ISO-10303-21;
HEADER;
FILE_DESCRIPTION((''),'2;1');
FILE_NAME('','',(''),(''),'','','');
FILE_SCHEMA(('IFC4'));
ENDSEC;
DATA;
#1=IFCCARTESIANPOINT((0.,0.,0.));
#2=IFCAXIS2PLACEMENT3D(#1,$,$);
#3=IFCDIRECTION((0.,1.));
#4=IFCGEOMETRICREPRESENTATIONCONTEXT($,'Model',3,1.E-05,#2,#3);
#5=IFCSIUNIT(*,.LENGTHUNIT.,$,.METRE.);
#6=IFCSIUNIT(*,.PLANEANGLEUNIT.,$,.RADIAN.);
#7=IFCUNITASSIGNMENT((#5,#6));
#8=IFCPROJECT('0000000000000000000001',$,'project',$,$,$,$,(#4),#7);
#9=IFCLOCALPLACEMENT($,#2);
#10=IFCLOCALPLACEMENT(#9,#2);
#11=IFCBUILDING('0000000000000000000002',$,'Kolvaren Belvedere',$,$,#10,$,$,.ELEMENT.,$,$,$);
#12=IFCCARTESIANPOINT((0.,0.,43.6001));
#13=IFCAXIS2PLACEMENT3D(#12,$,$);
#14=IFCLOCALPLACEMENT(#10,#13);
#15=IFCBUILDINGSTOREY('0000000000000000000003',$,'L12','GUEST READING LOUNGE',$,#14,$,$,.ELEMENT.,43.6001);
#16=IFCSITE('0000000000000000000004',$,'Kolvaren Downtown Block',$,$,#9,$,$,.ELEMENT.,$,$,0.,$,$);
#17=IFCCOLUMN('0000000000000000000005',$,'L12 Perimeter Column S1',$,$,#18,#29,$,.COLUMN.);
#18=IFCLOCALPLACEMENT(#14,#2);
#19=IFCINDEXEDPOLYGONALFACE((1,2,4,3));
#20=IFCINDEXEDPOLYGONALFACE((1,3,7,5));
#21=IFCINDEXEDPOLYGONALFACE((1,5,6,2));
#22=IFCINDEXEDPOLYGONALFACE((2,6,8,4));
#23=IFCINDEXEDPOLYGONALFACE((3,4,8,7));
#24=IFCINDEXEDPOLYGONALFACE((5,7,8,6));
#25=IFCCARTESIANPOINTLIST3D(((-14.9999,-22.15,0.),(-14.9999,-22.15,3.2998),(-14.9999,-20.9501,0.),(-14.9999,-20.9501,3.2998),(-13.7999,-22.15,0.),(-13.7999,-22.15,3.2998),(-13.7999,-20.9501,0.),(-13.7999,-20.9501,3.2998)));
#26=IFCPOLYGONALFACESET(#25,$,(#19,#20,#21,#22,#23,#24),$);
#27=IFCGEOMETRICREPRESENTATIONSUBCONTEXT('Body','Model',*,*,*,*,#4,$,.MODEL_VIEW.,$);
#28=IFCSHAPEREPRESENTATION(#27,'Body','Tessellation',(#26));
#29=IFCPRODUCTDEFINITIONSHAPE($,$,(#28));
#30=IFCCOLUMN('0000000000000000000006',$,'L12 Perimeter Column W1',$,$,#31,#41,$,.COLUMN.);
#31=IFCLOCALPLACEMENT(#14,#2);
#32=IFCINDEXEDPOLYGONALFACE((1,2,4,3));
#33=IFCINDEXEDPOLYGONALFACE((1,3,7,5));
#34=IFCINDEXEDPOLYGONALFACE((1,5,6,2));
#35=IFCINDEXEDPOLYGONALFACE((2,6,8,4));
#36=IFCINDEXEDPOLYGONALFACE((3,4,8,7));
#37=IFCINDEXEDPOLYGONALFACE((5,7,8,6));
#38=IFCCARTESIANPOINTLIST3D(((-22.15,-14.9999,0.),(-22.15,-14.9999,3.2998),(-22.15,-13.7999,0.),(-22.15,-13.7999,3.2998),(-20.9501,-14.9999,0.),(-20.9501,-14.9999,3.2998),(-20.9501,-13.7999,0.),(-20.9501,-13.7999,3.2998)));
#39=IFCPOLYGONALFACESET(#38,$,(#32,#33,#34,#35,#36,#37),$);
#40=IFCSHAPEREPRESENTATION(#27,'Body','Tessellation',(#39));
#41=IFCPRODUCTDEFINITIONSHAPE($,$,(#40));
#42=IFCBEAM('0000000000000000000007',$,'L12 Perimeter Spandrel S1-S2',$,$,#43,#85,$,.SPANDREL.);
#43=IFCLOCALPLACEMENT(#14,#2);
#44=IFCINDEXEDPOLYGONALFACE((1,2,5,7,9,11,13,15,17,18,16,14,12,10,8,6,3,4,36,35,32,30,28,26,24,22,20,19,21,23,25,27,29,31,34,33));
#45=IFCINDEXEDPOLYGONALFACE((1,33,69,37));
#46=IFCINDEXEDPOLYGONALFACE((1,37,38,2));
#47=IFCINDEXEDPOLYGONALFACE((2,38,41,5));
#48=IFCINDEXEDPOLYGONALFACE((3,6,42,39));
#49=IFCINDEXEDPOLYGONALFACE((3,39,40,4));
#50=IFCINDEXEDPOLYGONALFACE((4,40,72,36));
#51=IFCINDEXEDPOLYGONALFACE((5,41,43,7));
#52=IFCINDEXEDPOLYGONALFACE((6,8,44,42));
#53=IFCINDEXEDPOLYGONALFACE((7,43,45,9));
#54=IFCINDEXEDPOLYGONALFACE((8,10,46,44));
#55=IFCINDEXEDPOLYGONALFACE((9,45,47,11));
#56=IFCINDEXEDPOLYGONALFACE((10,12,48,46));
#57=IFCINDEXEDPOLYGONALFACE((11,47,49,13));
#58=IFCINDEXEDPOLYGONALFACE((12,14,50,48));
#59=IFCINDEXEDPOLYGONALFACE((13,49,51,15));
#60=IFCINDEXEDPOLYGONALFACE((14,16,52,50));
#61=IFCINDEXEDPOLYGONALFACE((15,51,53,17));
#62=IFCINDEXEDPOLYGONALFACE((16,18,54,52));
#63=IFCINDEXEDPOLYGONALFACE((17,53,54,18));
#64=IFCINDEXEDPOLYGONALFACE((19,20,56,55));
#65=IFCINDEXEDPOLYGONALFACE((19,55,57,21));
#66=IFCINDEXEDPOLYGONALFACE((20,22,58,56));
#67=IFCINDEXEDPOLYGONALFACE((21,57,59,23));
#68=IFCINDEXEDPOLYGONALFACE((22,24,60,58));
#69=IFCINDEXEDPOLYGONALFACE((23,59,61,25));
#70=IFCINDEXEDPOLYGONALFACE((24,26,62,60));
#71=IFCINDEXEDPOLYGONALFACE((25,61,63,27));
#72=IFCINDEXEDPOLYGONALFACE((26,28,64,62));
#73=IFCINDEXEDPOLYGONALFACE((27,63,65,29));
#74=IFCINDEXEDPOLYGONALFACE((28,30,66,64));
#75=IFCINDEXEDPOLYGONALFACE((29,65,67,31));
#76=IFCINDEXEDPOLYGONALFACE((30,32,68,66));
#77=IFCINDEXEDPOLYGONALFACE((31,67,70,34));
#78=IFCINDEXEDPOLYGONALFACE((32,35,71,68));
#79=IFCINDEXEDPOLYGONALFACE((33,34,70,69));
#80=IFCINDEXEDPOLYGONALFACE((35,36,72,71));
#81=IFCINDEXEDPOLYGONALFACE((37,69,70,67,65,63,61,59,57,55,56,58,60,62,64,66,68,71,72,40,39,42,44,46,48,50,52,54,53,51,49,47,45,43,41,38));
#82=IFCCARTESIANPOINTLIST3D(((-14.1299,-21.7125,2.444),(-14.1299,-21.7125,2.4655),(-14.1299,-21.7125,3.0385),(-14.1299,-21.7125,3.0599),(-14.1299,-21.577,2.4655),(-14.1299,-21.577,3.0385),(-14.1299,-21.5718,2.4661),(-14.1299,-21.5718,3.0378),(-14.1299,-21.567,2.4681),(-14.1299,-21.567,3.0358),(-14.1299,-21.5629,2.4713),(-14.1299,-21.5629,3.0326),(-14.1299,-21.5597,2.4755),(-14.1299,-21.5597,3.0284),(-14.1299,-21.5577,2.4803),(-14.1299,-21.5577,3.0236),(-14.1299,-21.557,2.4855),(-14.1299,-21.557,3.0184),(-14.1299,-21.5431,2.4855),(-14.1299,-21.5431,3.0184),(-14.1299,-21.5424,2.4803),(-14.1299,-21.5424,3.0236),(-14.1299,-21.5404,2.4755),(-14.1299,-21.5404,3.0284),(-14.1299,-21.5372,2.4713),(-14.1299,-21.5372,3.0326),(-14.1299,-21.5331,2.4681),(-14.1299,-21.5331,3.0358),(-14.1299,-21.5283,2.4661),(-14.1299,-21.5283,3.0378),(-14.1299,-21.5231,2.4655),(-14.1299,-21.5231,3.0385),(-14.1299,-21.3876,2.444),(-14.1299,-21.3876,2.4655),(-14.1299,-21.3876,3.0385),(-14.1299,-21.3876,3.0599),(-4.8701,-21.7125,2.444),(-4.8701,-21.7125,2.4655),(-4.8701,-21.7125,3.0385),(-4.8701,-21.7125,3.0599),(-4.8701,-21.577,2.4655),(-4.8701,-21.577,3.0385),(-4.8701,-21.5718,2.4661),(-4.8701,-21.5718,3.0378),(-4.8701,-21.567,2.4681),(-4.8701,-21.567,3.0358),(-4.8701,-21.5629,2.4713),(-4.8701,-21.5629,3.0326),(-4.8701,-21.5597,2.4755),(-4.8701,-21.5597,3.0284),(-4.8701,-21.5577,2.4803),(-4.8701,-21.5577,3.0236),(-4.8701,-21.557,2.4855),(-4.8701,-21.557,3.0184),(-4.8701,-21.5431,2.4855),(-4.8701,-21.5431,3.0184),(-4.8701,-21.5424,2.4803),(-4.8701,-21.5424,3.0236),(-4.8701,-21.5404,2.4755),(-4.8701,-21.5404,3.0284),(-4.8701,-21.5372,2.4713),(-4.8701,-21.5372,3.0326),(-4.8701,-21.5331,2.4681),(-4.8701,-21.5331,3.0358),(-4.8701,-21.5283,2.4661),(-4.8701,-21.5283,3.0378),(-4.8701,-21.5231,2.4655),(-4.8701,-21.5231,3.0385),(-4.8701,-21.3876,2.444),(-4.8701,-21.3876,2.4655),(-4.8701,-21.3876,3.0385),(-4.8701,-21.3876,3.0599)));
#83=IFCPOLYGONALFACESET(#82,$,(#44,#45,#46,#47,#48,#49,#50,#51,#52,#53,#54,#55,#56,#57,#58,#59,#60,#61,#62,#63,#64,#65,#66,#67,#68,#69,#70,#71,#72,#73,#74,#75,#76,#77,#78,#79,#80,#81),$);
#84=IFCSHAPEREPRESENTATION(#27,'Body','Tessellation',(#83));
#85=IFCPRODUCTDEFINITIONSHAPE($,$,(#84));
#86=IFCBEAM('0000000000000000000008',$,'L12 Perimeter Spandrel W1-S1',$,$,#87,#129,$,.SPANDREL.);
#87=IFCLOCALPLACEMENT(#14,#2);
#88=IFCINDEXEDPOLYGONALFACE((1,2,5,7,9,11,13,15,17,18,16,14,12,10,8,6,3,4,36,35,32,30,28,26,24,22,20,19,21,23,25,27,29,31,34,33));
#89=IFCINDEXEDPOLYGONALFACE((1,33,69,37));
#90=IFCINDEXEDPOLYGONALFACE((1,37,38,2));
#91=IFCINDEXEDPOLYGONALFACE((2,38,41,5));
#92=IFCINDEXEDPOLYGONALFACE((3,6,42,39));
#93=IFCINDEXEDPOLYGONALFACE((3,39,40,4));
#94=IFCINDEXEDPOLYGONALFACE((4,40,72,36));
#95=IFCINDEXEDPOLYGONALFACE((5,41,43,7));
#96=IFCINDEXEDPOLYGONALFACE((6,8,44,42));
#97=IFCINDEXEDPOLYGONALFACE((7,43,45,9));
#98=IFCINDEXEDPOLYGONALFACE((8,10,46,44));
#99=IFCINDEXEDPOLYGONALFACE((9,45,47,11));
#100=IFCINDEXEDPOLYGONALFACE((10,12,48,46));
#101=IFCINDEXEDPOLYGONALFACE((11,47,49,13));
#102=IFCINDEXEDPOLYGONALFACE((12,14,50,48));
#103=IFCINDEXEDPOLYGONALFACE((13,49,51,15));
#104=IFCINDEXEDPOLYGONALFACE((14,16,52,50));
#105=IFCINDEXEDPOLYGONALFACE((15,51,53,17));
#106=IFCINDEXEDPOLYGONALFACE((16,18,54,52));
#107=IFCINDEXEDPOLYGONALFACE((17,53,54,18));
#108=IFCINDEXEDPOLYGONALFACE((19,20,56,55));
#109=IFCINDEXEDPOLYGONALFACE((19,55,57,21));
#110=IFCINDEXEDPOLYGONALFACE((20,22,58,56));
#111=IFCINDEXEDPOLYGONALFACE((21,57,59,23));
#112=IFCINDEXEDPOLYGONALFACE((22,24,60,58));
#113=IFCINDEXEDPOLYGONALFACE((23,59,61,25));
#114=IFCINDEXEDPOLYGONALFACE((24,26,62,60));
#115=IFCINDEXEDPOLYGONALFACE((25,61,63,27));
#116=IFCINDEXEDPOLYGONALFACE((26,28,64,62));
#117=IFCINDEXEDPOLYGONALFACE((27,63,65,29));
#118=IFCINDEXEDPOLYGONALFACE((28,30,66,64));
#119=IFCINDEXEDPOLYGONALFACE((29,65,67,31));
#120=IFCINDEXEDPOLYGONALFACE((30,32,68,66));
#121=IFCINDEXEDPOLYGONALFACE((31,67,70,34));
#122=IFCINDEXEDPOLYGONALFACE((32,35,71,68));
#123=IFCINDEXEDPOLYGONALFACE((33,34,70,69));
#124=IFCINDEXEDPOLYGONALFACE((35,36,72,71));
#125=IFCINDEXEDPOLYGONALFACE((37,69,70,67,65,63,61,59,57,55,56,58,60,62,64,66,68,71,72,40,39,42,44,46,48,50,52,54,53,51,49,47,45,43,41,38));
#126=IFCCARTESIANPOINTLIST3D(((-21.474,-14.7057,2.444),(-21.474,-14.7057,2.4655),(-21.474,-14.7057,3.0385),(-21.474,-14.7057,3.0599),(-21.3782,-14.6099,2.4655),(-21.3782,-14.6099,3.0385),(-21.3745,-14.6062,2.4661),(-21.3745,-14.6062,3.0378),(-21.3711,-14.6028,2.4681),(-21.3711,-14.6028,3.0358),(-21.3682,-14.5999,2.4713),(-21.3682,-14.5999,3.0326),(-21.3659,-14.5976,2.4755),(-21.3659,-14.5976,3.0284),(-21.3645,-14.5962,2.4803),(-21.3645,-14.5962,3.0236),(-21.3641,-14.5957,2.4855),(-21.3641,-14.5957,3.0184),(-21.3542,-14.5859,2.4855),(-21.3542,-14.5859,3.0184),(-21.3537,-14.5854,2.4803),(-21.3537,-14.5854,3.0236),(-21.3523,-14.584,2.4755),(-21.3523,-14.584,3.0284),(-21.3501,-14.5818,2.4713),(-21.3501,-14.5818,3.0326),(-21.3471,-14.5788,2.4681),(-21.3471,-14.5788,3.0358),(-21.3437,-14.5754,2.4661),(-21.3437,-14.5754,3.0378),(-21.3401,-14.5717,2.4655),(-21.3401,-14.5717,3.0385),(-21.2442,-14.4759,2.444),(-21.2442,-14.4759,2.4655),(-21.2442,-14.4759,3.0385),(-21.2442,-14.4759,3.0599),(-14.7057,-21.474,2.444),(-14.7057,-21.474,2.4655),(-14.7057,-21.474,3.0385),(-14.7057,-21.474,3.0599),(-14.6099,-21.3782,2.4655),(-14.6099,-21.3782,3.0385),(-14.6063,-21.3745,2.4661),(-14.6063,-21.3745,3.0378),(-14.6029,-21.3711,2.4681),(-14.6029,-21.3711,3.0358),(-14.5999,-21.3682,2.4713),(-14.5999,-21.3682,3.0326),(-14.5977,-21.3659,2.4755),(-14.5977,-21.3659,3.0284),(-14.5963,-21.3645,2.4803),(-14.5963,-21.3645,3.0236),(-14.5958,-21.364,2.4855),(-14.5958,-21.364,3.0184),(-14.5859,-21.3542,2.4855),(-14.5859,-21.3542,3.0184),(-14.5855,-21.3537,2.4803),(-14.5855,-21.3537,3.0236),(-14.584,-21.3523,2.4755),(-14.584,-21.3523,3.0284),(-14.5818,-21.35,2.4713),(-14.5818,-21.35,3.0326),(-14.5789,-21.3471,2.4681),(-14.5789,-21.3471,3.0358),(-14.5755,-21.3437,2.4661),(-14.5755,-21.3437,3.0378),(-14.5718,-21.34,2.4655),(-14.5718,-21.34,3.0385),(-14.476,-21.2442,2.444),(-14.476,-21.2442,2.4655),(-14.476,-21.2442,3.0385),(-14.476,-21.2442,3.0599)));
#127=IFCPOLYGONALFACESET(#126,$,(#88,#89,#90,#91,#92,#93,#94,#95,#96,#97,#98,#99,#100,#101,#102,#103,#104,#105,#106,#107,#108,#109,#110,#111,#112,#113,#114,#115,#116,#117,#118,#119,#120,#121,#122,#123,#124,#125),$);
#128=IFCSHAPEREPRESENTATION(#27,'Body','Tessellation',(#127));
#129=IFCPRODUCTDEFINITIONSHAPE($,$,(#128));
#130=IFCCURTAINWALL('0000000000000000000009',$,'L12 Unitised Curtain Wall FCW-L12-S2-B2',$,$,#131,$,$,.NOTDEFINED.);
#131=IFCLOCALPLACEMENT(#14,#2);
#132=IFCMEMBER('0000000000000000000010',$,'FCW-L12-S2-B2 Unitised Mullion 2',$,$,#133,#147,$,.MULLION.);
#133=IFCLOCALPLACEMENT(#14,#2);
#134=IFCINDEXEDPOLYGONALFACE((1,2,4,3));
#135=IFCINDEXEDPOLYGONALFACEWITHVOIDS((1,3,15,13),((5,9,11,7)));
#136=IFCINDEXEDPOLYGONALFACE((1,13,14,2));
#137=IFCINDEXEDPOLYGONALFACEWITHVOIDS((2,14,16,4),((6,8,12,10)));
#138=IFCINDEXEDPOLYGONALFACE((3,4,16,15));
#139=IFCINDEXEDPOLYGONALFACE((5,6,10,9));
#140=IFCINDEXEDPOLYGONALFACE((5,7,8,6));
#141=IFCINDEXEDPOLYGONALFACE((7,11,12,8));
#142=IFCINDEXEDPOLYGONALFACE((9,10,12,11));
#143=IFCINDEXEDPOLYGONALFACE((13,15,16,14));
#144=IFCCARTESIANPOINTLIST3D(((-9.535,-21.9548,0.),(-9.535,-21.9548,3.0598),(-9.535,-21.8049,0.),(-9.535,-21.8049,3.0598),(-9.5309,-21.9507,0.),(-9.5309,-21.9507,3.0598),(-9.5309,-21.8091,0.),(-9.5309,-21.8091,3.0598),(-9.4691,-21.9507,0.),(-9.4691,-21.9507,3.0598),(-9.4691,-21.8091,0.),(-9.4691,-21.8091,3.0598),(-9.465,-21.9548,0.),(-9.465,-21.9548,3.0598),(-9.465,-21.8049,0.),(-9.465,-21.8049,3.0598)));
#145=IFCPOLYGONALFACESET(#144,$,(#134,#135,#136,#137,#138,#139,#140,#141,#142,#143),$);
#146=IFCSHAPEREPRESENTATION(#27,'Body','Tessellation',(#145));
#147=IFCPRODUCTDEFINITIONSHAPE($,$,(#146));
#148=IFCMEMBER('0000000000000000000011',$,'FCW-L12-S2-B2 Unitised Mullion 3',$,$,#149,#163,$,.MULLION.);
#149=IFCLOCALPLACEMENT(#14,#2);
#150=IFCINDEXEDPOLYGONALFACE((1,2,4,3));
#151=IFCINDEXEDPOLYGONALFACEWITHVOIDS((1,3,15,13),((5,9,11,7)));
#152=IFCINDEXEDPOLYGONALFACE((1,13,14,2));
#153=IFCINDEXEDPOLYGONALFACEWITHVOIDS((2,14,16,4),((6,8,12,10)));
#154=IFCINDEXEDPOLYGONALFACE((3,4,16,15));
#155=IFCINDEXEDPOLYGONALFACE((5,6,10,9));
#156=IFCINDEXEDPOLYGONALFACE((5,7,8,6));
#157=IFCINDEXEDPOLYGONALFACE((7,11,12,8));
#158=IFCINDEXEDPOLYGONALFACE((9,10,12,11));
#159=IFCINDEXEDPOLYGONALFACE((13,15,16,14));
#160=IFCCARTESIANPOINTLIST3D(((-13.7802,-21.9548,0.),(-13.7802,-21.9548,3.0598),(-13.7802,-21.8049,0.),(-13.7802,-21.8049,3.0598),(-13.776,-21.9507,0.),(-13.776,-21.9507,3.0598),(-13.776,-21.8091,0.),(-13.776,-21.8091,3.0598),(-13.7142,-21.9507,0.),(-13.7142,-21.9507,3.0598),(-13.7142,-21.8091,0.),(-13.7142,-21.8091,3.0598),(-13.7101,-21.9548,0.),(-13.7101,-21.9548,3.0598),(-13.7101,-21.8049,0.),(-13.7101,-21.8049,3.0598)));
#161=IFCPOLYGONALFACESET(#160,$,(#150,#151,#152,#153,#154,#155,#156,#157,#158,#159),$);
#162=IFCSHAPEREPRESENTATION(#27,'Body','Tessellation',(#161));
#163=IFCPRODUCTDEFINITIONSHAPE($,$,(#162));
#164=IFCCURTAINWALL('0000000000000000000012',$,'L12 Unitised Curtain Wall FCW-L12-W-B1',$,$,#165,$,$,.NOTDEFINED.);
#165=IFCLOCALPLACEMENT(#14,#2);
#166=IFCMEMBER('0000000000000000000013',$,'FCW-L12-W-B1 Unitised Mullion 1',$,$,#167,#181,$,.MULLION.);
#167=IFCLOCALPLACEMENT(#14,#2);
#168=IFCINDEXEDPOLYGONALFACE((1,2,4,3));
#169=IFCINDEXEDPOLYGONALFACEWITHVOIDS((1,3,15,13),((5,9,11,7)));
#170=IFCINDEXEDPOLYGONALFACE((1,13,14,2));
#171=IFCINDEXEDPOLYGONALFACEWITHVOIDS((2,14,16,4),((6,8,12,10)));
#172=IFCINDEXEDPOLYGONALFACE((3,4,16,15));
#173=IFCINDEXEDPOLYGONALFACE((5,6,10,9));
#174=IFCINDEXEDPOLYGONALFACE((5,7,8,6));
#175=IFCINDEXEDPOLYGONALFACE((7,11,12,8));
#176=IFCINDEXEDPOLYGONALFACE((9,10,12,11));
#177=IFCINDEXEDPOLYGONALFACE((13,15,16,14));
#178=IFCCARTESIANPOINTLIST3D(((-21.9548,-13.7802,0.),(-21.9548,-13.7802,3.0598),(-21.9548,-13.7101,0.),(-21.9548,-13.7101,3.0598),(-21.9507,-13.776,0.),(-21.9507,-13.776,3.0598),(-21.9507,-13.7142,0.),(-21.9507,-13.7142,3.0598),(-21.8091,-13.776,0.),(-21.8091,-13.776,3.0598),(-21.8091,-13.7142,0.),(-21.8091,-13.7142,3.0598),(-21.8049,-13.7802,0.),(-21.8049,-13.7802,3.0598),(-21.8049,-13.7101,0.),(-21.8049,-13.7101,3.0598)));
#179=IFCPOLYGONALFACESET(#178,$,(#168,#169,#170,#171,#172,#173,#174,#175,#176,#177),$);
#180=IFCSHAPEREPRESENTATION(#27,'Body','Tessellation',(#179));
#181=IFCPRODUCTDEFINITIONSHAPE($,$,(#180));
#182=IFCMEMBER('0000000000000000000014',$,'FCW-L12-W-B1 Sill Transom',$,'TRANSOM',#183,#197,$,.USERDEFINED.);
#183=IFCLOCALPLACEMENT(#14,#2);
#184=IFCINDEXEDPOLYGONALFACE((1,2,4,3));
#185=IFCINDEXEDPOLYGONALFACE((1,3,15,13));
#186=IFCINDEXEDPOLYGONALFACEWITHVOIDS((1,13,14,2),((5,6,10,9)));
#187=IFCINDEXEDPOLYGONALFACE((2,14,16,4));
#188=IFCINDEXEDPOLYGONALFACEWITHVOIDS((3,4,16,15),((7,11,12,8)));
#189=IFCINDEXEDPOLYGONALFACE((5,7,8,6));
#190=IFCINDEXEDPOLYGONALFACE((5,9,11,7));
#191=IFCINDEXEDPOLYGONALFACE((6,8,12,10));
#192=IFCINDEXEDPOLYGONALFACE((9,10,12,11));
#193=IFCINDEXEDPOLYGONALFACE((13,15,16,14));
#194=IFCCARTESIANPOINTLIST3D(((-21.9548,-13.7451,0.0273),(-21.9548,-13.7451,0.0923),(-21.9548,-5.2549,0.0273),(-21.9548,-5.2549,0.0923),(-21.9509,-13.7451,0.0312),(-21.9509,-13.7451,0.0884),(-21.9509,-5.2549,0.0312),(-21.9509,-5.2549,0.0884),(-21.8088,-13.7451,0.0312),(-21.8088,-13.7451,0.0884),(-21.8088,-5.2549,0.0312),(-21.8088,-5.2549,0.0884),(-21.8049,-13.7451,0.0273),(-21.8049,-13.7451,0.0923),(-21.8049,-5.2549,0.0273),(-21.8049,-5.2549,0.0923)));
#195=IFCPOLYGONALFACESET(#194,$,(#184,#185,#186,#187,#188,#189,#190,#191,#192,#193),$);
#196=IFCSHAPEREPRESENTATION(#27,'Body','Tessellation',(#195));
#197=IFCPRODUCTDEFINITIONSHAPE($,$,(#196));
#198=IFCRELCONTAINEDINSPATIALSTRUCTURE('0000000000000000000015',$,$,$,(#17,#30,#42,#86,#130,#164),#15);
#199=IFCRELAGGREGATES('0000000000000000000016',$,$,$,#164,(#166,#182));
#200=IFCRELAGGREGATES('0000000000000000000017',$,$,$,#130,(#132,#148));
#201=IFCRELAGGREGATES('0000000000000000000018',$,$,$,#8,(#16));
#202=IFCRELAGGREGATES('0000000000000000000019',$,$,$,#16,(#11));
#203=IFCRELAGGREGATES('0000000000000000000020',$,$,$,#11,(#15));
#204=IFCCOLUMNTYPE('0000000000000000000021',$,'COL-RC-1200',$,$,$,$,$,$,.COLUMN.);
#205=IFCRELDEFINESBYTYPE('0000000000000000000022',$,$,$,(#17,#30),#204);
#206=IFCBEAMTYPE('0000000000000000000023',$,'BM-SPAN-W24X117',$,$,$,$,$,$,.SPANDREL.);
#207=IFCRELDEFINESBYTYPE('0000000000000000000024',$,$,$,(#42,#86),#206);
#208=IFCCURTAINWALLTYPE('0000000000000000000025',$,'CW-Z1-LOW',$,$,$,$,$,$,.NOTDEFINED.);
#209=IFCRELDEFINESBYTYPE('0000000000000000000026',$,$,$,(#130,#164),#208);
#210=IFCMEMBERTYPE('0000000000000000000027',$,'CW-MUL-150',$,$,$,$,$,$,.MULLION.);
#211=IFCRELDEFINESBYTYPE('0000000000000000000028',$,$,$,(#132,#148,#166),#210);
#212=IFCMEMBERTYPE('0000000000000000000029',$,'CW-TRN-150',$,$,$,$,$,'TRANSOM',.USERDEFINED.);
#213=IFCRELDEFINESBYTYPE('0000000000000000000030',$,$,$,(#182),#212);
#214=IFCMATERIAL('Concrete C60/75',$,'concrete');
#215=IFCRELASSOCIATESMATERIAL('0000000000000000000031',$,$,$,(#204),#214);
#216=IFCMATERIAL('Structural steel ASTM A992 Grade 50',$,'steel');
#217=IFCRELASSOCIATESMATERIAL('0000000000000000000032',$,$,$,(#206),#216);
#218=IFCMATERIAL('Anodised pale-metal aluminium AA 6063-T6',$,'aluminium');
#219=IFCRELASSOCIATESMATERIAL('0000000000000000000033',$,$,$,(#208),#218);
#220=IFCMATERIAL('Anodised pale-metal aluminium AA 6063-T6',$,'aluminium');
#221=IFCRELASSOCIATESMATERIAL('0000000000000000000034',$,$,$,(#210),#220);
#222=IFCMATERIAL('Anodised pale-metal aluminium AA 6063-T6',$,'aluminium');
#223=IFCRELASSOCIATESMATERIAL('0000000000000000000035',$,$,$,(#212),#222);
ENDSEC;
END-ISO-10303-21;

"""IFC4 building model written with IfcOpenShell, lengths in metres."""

from ifc_helpers import new_model, si_unit, direction, frame, origin, origin_2d, place, context, subcontext, project, spatial, rectangle, hollow_rectangle, i_section, extrude, material, material_profile, profile_set, type_object, element, aggregate, save


model = new_model("IFC4")

# Units and contexts
model_context = context("Model", 3, precision=1e-05, world=origin(), true_north=direction((0.0, 1.0)))
body_context = subcontext(model_context, "Body", "Model", "MODEL_VIEW")
ifc_project = project(units=[si_unit("LENGTHUNIT", "METRE"), si_unit("PLANEANGLEUNIT", "RADIAN")], contexts=[model_context])

# Site, building, storey
site_placement = place(None, origin())
site = spatial("IfcSite", under=ifc_project, at=site_placement, Name="Kolvaren Downtown Block", CompositionType="ELEMENT", RefElevation=0.0)
building_placement = place(site_placement, origin())
building = spatial("IfcBuilding", under=site, at=building_placement, Name="Kolvaren Belvedere", CompositionType="ELEMENT")
storey_placement = place(building_placement, frame((0.0, 0.0, 43.6001)))
storey = spatial("IfcBuildingStorey", under=building, at=storey_placement, Name="L12", Description="GUEST READING LOUNGE", CompositionType="ELEMENT", Elevation=43.6001)

# Columns
ifc_material_1 = material(Name="Concrete C60/75", Category="concrete")
ifc_material_profile_1 = material_profile(ifc_material_1, rectangle(XDim=1.2, YDim=1.2, at=origin_2d()), Name="RC 1200X1200")
ifc_profile_set_1 = profile_set([ifc_material_profile_1], Name="Concrete C60/75")
column_type = type_object("IfcColumnType", Name="COL-RC-1200", PredefinedType="COLUMN", material=ifc_profile_set_1)
for number, where, z_axis, x_axis, name in (
    (1, (-14.3999, -21.55, 0.0), (0.0, 0.0, 1.0), (1.0, 0.0, 0.0), "L12 Perimeter Column S1"),
    (2, (-21.55, -14.3999, 0.0), (0.0, 0.0, 1.0), (1.0, 0.0, 0.0), "L12 Perimeter Column W1"),
):
    element("IfcColumn", number, at=place(storey_placement, frame(where, z_axis=z_axis, x_axis=x_axis)), inside=storey, type_object=column_type, Name=name, PredefinedType="COLUMN", context=body_context, shape_type="SweptSolid", body=[
        extrude(rectangle(XDim=1.2, YDim=1.2, at=origin_2d()), origin(), (0.0, 0.0, 1.0), 3.2998),
    ])

# Beams
ifc_material_2 = material(Name="Structural steel ASTM A992 Grade 50", Category="steel")
ifc_material_profile_2 = material_profile(ifc_material_2, i_section(OverallWidth=0.325, OverallDepth=0.616, WebThickness=0.0139, FlangeThickness=0.0215, FilletRadius=0.02, at=origin_2d()), Name="W24X117")
ifc_profile_set_2 = profile_set([ifc_material_profile_2], Name="Structural steel ASTM A992 Grade 50")
beam_type = type_object("IfcBeamType", Name="BM-SPAN-W24X117", PredefinedType="SPANDREL", material=ifc_profile_set_2)
beam_1_placement = place(storey_placement, frame((-14.1299, -21.55, 2.752), z_axis=(1.0, 0.0, 0.0), x_axis=(0.0, 1.0, 0.0)))
element("IfcBeam", 3, at=beam_1_placement, inside=storey, type_object=beam_type, Name="L12 Perimeter Spandrel S1-S2", PredefinedType="SPANDREL", context=body_context, shape_type="SweptSolid", body=[
    extrude(i_section(OverallWidth=0.325, OverallDepth=0.616, WebThickness=0.0139, FlangeThickness=0.0215, FilletRadius=0.02, at=origin_2d()), origin(), (0.0, 0.0, 1.0), 9.2598),
])
beam_2_placement = place(storey_placement, frame((-21.3591, -14.5908, 2.752), z_axis=(0.707107, -0.707107, 0.0), x_axis=(0.707107, 0.707107, 0.0)))
element("IfcBeam", 4, at=beam_2_placement, inside=storey, type_object=beam_type, Name="L12 Perimeter Spandrel W1-S1", PredefinedType="SPANDREL", context=body_context, shape_type="SweptSolid", body=[
    extrude(i_section(OverallWidth=0.325, OverallDepth=0.616, WebThickness=0.0139, FlangeThickness=0.0215, FilletRadius=0.02, at=origin_2d()), origin(), (0.0, 0.0, 1.0), 9.5718),
])

# Curtain walls, members
ifc_material_3 = material(Name="Anodised pale-metal aluminium AA 6063-T6", Category="aluminium")
curtain_wall_type = type_object("IfcCurtainWallType", Name="CW-Z1-LOW", PredefinedType="NOTDEFINED", material=ifc_material_3)
curtain_wall_1_placement = place(storey_placement, origin())
curtain_wall_1 = element("IfcCurtainWall", 5, at=curtain_wall_1_placement, inside=storey, type_object=curtain_wall_type, Name="L12 Unitised Curtain Wall FCW-L12-S2-B2", PredefinedType="NOTDEFINED")
ifc_material_4 = material(Name="Anodised pale-metal aluminium AA 6063-T6", Category="aluminium")
ifc_material_profile_3 = material_profile(ifc_material_4, hollow_rectangle(XDim=0.0701, YDim=0.1499, WallThickness=0.0042, at=origin_2d()), Name="ALU-MUL-150X70")
ifc_profile_set_3 = profile_set([ifc_material_profile_3], Name="Anodised pale-metal aluminium AA 6063-T6")
member_type_1 = type_object("IfcMemberType", Name="CW-MUL-150", PredefinedType="MULLION", material=ifc_profile_set_3)
member_1_placement = place(storey_placement, frame((-9.5, -21.8799, 0.0), z_axis=(0.0, 0.0, 1.0), x_axis=(1.0, 0.0, 0.0)))
member_1 = element("IfcMember", 6, at=member_1_placement, type_object=member_type_1, Name="FCW-L12-S2-B2 Unitised Mullion 2", PredefinedType="MULLION", context=body_context, shape_type="SweptSolid", body=[
    extrude(hollow_rectangle(XDim=0.0701, YDim=0.1499, WallThickness=0.0042, at=origin_2d()), origin(), (0.0, 0.0, 1.0), 3.0598),
])
member_2_placement = place(storey_placement, frame((-13.7451, -21.8799, 0.0), z_axis=(0.0, 0.0, 1.0), x_axis=(1.0, 0.0, 0.0)))
member_2 = element("IfcMember", 7, at=member_2_placement, type_object=member_type_1, Name="FCW-L12-S2-B2 Unitised Mullion 3", PredefinedType="MULLION", context=body_context, shape_type="SweptSolid", body=[
    extrude(hollow_rectangle(XDim=0.0701, YDim=0.1499, WallThickness=0.0042, at=origin_2d()), origin(), (0.0, 0.0, 1.0), 3.0598),
])
curtain_wall_2_placement = place(storey_placement, origin())
curtain_wall_2 = element("IfcCurtainWall", 8, at=curtain_wall_2_placement, inside=storey, type_object=curtain_wall_type, Name="L12 Unitised Curtain Wall FCW-L12-W-B1", PredefinedType="NOTDEFINED")
member_3_placement = place(storey_placement, frame((-21.8799, -13.7451, 0.0), z_axis=(0.0, 0.0, 1.0), x_axis=(0.0, 1.0, 0.0)))
member_3 = element("IfcMember", 9, at=member_3_placement, type_object=member_type_1, Name="FCW-L12-W-B1 Unitised Mullion 1", PredefinedType="MULLION", context=body_context, shape_type="SweptSolid", body=[
    extrude(hollow_rectangle(XDim=0.0701, YDim=0.1499, WallThickness=0.0042, at=origin_2d()), origin(), (0.0, 0.0, 1.0), 3.0598),
])
ifc_material_5 = material(Name="Anodised pale-metal aluminium AA 6063-T6", Category="aluminium")
ifc_material_profile_4 = material_profile(ifc_material_5, hollow_rectangle(XDim=0.0649, YDim=0.1499, WallThickness=0.0039, at=origin_2d()), Name="ALU-TRN-150X65")
ifc_profile_set_4 = profile_set([ifc_material_profile_4], Name="Anodised pale-metal aluminium AA 6063-T6")
member_type_2 = type_object("IfcMemberType", Name="CW-TRN-150", ElementType="TRANSOM", PredefinedType="USERDEFINED", material=ifc_profile_set_4)
member_4_placement = place(storey_placement, frame((-21.8799, -13.7451, 0.0598), z_axis=(0.0, 1.0, 0.0), x_axis=(0.0, 0.0, 1.0)))
member_4 = element("IfcMember", 10, at=member_4_placement, type_object=member_type_2, Name="FCW-L12-W-B1 Sill Transom", ObjectType="TRANSOM", PredefinedType="USERDEFINED", context=body_context, shape_type="SweptSolid", body=[
    extrude(hollow_rectangle(XDim=0.0649, YDim=0.1499, WallThickness=0.0039, at=origin_2d()), origin(), (0.0, 0.0, 1.0), 8.4902),
])
aggregate(curtain_wall_2, [member_3, member_4])

aggregate(curtain_wall_1, [member_1, member_2])

save(model, "model.ifc")
